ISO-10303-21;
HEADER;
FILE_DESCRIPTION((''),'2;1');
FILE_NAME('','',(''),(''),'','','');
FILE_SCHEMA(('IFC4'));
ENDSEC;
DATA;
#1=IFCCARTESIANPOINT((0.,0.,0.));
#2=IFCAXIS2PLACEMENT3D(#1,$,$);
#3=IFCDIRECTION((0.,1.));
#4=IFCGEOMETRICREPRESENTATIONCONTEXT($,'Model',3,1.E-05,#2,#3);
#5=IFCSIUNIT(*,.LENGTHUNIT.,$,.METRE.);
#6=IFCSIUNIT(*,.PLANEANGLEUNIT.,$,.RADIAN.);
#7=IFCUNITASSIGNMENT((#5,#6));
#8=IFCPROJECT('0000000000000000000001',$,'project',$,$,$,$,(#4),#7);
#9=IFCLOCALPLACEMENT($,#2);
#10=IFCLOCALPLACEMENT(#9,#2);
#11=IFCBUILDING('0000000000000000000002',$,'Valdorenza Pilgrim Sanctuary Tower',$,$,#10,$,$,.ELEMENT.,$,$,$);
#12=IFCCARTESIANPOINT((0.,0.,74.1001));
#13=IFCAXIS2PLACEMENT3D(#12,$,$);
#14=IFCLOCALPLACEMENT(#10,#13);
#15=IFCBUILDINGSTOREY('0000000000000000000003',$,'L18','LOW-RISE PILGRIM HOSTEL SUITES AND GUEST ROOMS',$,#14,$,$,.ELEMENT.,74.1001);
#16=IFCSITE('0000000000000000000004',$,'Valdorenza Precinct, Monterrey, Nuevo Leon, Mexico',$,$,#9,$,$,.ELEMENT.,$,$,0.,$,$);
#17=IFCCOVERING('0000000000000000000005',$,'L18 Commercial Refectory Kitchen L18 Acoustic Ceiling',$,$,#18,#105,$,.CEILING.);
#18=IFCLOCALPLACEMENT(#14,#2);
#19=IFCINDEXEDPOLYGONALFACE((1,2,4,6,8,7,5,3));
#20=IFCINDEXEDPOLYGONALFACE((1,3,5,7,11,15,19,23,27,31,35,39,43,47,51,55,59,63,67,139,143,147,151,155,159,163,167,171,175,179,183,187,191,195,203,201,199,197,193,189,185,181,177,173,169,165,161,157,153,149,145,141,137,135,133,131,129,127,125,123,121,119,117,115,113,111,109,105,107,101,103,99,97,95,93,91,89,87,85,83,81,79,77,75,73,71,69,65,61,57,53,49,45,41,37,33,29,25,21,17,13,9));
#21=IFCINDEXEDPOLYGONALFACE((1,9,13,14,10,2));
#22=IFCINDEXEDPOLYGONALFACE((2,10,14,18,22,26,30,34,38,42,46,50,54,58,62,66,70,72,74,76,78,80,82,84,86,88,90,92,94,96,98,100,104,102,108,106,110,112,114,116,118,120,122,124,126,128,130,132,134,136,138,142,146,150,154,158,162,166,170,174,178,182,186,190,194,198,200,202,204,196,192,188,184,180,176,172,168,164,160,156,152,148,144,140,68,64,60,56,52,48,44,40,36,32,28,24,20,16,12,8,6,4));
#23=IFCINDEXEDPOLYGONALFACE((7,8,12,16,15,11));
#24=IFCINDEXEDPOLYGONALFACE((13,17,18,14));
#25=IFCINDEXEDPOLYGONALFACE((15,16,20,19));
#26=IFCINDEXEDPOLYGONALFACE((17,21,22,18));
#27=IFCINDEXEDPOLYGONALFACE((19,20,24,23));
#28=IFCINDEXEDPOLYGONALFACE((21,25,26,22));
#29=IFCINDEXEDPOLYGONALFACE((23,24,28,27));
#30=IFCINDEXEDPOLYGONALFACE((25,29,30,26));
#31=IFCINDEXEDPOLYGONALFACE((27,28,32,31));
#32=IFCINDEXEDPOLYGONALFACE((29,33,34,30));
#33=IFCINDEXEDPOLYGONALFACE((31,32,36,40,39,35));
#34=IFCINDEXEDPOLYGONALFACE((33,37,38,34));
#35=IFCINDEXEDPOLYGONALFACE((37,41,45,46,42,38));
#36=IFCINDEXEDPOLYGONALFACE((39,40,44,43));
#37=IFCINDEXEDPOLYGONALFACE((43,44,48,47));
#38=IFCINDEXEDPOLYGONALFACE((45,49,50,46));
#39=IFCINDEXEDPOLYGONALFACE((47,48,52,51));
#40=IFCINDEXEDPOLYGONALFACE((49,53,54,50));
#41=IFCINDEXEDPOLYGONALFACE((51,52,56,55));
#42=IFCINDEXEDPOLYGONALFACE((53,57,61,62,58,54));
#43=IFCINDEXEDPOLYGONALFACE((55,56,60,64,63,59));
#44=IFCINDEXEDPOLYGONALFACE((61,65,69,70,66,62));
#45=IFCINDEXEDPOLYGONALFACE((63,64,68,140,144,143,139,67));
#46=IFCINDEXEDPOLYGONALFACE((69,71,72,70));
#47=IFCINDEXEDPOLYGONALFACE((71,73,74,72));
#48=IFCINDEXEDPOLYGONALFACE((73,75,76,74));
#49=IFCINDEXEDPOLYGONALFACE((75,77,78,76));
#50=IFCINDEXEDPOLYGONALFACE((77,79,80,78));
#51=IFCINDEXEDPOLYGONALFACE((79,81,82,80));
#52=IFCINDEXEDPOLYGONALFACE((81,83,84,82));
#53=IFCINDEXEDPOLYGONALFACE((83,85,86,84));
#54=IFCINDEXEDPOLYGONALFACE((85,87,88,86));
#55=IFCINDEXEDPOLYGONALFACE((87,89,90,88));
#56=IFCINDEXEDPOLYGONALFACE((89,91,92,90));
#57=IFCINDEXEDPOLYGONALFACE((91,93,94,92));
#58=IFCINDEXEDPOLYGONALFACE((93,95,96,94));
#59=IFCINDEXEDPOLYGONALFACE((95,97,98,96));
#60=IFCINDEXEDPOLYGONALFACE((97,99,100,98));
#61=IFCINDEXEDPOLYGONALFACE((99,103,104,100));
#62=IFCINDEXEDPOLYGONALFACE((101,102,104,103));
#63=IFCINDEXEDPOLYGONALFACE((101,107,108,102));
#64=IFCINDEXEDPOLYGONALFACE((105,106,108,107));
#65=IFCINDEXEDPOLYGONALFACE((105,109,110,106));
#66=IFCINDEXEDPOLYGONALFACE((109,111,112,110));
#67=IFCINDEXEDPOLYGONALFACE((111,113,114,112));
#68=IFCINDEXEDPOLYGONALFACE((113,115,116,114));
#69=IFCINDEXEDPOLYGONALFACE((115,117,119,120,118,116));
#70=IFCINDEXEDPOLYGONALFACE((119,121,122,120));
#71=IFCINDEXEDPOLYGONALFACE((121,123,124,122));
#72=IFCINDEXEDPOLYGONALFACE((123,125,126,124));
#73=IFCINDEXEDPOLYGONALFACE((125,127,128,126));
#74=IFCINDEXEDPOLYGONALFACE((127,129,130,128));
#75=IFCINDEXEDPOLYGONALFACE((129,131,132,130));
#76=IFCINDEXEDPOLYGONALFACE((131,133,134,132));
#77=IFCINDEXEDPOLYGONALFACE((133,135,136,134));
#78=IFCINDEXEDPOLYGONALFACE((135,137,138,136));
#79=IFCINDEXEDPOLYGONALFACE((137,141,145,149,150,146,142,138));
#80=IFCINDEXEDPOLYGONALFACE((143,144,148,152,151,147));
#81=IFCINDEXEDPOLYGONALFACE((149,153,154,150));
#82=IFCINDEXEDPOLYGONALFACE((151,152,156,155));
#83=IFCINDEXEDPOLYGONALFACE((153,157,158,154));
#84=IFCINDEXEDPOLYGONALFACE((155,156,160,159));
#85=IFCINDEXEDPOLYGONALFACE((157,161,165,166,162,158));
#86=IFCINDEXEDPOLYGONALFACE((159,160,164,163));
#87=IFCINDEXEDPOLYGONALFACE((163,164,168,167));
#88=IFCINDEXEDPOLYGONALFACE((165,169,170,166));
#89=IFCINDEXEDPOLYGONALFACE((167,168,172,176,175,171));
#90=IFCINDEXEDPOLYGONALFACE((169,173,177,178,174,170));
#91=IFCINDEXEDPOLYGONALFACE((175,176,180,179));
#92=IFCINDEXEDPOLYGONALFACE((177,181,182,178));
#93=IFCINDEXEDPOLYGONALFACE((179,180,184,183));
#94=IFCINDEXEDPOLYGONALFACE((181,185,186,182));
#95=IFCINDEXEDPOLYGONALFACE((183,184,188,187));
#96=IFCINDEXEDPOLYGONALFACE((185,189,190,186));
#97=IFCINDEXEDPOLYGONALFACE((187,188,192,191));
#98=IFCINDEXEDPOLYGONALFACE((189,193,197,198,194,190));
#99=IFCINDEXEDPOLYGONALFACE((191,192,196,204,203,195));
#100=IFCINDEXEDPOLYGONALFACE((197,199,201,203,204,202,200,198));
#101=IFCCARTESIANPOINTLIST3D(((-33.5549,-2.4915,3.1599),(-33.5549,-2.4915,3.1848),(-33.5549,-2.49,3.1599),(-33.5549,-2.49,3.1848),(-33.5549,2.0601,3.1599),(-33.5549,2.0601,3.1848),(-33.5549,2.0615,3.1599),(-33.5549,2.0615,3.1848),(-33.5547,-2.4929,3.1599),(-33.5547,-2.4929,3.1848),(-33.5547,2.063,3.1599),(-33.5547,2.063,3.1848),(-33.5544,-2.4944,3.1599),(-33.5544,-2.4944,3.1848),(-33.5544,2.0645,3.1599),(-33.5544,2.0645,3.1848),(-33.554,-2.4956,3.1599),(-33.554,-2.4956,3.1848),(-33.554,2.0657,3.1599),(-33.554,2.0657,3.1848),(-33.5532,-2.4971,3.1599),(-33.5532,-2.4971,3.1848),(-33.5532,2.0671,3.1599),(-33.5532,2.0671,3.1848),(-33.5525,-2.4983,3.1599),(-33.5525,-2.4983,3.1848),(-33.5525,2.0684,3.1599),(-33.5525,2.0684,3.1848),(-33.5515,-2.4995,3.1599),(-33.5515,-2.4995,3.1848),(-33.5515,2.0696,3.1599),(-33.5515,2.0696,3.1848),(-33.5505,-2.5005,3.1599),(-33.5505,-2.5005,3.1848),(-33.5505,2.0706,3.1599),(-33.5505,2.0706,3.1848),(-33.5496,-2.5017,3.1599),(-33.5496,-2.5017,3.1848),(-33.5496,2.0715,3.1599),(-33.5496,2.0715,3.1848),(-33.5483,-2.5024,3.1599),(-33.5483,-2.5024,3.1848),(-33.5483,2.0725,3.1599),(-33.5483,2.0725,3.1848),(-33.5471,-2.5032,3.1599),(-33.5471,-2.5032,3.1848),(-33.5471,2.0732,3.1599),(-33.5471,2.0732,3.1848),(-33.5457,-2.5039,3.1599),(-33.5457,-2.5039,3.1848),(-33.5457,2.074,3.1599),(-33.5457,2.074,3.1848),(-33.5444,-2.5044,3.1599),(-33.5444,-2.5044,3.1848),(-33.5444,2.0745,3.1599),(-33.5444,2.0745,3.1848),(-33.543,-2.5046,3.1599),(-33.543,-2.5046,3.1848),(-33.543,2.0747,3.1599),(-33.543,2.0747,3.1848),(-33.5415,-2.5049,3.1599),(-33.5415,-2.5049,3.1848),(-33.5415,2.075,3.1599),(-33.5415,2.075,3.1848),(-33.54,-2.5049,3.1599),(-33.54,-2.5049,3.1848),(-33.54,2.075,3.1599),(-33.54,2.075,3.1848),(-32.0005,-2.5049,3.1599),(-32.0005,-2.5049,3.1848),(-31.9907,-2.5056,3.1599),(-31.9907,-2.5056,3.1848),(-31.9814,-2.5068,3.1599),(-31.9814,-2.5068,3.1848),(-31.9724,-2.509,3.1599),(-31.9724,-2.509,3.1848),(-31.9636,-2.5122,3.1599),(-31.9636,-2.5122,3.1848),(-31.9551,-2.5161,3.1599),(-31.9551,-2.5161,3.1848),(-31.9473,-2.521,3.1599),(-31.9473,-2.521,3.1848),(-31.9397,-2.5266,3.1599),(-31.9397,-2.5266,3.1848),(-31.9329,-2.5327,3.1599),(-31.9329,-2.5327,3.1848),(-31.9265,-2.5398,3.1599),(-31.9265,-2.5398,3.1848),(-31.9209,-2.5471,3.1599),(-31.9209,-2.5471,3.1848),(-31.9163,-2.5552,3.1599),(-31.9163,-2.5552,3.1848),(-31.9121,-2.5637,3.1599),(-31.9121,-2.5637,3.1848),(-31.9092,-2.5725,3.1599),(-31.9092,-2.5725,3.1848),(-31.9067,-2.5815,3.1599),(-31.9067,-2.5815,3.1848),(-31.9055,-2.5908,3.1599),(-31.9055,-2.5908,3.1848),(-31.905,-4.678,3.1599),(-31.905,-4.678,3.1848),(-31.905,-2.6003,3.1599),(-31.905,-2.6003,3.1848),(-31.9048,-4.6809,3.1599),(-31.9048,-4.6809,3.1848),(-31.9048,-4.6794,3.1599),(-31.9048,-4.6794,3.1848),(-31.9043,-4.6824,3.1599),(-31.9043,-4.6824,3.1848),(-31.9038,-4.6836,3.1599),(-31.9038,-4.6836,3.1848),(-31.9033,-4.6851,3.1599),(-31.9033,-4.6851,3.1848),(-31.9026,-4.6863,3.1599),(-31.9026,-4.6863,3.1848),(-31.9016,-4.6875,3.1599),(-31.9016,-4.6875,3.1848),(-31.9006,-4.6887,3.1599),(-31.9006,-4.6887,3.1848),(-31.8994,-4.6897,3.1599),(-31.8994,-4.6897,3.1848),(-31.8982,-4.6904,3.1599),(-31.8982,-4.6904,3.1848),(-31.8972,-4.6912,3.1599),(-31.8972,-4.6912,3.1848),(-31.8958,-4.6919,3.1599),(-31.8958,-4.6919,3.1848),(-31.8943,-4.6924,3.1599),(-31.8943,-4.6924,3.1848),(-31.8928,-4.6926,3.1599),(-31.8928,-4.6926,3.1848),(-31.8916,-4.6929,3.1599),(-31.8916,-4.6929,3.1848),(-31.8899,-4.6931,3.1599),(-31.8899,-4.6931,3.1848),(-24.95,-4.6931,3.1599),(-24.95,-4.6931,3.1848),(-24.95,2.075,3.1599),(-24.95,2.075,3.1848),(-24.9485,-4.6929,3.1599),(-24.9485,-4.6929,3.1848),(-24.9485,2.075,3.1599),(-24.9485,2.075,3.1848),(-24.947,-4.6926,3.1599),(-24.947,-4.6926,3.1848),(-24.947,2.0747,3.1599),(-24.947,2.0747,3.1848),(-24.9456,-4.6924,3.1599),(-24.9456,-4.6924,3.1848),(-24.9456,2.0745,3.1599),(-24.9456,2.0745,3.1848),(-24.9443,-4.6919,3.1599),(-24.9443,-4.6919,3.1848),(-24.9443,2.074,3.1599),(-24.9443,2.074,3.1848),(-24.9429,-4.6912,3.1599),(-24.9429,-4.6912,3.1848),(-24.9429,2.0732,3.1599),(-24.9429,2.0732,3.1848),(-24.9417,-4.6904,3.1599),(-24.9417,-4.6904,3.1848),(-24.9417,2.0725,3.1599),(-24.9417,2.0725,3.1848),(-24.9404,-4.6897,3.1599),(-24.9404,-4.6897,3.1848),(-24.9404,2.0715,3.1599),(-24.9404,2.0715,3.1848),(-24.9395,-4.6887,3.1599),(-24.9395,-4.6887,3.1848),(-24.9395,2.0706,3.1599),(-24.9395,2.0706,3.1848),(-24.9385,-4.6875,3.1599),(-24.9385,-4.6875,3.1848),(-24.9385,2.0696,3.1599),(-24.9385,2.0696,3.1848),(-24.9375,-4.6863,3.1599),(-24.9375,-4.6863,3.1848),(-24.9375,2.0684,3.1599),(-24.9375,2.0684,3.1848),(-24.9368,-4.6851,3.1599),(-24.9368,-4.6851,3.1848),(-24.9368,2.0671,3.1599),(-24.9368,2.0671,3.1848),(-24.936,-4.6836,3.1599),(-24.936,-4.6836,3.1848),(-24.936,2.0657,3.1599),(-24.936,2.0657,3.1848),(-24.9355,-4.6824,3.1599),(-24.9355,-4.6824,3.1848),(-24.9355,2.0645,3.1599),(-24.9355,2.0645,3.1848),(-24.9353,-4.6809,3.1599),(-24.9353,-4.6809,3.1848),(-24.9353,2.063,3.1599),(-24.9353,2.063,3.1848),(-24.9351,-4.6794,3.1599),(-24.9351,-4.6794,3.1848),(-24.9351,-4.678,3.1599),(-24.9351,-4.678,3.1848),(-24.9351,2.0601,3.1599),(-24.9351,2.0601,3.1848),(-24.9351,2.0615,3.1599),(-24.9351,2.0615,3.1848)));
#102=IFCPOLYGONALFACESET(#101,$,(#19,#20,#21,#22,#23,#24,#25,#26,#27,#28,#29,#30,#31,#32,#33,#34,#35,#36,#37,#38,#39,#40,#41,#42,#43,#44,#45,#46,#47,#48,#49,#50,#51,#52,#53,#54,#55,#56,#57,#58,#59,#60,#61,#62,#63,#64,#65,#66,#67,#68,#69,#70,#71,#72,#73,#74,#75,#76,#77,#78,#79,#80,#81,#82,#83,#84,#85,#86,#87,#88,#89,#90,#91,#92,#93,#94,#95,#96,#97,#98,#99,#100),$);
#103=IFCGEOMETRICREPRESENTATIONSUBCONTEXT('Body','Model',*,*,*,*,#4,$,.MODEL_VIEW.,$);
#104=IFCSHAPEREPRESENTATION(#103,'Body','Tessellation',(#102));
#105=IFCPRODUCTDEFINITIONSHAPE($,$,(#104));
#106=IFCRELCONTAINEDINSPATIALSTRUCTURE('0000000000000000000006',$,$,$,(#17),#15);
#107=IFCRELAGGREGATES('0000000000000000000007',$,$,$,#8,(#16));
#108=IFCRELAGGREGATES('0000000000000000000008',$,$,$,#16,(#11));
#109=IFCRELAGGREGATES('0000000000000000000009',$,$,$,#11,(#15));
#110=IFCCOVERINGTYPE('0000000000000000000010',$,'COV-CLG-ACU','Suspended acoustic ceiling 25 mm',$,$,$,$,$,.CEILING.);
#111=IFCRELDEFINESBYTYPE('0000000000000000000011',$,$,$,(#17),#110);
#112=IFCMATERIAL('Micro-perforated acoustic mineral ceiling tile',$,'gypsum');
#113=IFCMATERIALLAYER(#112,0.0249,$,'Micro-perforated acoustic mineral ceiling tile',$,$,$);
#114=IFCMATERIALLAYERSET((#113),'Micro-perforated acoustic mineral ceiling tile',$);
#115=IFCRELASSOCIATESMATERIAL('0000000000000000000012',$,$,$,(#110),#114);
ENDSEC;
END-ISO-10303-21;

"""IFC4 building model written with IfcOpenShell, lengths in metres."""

from ifc_helpers import new_model, si_unit, direction, frame, origin, place, context, subcontext, project, spatial, polyline, outline, extrude, material, layer, layer_set, type_object, element, save


model = new_model("IFC4")

# Units and contexts
model_context = context("Model", 3, precision=1e-05, world=origin(), true_north=direction((0.0, 1.0)))
body_context = subcontext(model_context, "Body", "Model", "MODEL_VIEW")
ifc_project = project(units=[si_unit("LENGTHUNIT", "METRE"), si_unit("PLANEANGLEUNIT", "RADIAN")], contexts=[model_context])

# Site, building, storey
site_placement = place(None, origin())
site = spatial("IfcSite", under=ifc_project, at=site_placement, Name="Valdorenza Precinct, Monterrey, Nuevo Leon, Mexico", CompositionType="ELEMENT", RefElevation=0.0)
building_placement = place(site_placement, origin())
building = spatial("IfcBuilding", under=site, at=building_placement, Name="Valdorenza Pilgrim Sanctuary Tower", CompositionType="ELEMENT")
storey_placement = place(building_placement, frame((0.0, 0.0, 74.1001)))
storey = spatial("IfcBuildingStorey", under=building, at=storey_placement, Name="L18", Description="LOW-RISE PILGRIM HOSTEL SUITES AND GUEST ROOMS", CompositionType="ELEMENT", Elevation=74.1001)

# Covering
ifc_material_1 = material(Name="Micro-perforated acoustic mineral ceiling tile", Category="gypsum")
ifc_layer_1 = layer(ifc_material_1, 0.0249, Name="Micro-perforated acoustic mineral ceiling tile")
ifc_layer_set_1 = layer_set([ifc_layer_1], Name="Micro-perforated acoustic mineral ceiling tile")
covering_type_1 = type_object("IfcCoveringType", Name="COV-CLG-ACU", Description="Suspended acoustic ceiling 25 mm", PredefinedType="CEILING", material=ifc_layer_set_1)
covering_1_placement = place(storey_placement, frame((0.0, 0.0, 3.1599)))
element("IfcCovering", 1, at=covering_1_placement, inside=storey, type_object=covering_type_1, Name="L18 Commercial Refectory Kitchen L18 Acoustic Ceiling", PredefinedType="CEILING", context=body_context, shape_type="SweptSolid", body=[
    extrude(outline(polyline([(-24.9351, -4.678), (-24.9351, -4.6794), (-24.9353, -4.6809), (-24.9355, -4.6824), (-24.936, -4.6836), (-24.9368, -4.6851), (-24.9375, -4.6863), (-24.9385, -4.6875), (-24.9395, -4.6887), (-24.9404, -4.6897), (-24.9417, -4.6904), (-24.9429, -4.6912), (-24.9443, -4.6919), (-24.9456, -4.6924), (-24.947, -4.6926), (-24.9485, -4.6929), (-24.95, -4.6931), (-31.8899, -4.6931), (-31.8916, -4.6929), (-31.8928, -4.6926), (-31.8943, -4.6924), (-31.8958, -4.6919), (-31.8972, -4.6912), (-31.8982, -4.6904), (-31.8994, -4.6897), (-31.9006, -4.6887), (-31.9016, -4.6875), (-31.9026, -4.6863), (-31.9033, -4.6851), (-31.9038, -4.6836), (-31.9043, -4.6824), (-31.9048, -4.6809), (-31.9048, -4.6794), (-31.905, -4.678), (-31.905, -2.6003), (-31.9055, -2.5908), (-31.9067, -2.5815), (-31.9092, -2.5725), (-31.9121, -2.5637), (-31.9163, -2.5552), (-31.9209, -2.5471), (-31.9265, -2.5398), (-31.9329, -2.5327), (-31.9397, -2.5266), (-31.9473, -2.521), (-31.9551, -2.5161), (-31.9636, -2.5122), (-31.9724, -2.509), (-31.9814, -2.5068), (-31.9907, -2.5056), (-32.0005, -2.5049), (-33.54, -2.5049), (-33.5415, -2.5049), (-33.543, -2.5046), (-33.5444, -2.5044), (-33.5457, -2.5039), (-33.5471, -2.5032), (-33.5483, -2.5024), (-33.5496, -2.5017), (-33.5505, -2.5005), (-33.5515, -2.4995), (-33.5525, -2.4983), (-33.5532, -2.4971), (-33.554, -2.4956), (-33.5544, -2.4944), (-33.5547, -2.4929), (-33.5549, -2.4915), (-33.5549, -2.49), (-33.5549, 2.0601), (-33.5549, 2.0615), (-33.5547, 2.063), (-33.5544, 2.0645), (-33.554, 2.0657), (-33.5532, 2.0671), (-33.5525, 2.0684), (-33.5515, 2.0696), (-33.5505, 2.0706), (-33.5496, 2.0715), (-33.5483, 2.0725), (-33.5471, 2.0732), (-33.5457, 2.074), (-33.5444, 2.0745), (-33.543, 2.0747), (-33.5415, 2.075), (-33.54, 2.075), (-24.95, 2.075), (-24.9485, 2.075), (-24.947, 2.0747), (-24.9456, 2.0745), (-24.9443, 2.074), (-24.9429, 2.0732), (-24.9417, 2.0725), (-24.9404, 2.0715), (-24.9395, 2.0706), (-24.9385, 2.0696), (-24.9375, 2.0684), (-24.9368, 2.0671), (-24.936, 2.0657), (-24.9355, 2.0645), (-24.9353, 2.063), (-24.9351, 2.0615), (-24.9351, 2.0601), (-24.9351, -4.678)])), origin(), (0.0, 0.0, 1.0), 0.0249),
])

save(model, "model.ifc")
